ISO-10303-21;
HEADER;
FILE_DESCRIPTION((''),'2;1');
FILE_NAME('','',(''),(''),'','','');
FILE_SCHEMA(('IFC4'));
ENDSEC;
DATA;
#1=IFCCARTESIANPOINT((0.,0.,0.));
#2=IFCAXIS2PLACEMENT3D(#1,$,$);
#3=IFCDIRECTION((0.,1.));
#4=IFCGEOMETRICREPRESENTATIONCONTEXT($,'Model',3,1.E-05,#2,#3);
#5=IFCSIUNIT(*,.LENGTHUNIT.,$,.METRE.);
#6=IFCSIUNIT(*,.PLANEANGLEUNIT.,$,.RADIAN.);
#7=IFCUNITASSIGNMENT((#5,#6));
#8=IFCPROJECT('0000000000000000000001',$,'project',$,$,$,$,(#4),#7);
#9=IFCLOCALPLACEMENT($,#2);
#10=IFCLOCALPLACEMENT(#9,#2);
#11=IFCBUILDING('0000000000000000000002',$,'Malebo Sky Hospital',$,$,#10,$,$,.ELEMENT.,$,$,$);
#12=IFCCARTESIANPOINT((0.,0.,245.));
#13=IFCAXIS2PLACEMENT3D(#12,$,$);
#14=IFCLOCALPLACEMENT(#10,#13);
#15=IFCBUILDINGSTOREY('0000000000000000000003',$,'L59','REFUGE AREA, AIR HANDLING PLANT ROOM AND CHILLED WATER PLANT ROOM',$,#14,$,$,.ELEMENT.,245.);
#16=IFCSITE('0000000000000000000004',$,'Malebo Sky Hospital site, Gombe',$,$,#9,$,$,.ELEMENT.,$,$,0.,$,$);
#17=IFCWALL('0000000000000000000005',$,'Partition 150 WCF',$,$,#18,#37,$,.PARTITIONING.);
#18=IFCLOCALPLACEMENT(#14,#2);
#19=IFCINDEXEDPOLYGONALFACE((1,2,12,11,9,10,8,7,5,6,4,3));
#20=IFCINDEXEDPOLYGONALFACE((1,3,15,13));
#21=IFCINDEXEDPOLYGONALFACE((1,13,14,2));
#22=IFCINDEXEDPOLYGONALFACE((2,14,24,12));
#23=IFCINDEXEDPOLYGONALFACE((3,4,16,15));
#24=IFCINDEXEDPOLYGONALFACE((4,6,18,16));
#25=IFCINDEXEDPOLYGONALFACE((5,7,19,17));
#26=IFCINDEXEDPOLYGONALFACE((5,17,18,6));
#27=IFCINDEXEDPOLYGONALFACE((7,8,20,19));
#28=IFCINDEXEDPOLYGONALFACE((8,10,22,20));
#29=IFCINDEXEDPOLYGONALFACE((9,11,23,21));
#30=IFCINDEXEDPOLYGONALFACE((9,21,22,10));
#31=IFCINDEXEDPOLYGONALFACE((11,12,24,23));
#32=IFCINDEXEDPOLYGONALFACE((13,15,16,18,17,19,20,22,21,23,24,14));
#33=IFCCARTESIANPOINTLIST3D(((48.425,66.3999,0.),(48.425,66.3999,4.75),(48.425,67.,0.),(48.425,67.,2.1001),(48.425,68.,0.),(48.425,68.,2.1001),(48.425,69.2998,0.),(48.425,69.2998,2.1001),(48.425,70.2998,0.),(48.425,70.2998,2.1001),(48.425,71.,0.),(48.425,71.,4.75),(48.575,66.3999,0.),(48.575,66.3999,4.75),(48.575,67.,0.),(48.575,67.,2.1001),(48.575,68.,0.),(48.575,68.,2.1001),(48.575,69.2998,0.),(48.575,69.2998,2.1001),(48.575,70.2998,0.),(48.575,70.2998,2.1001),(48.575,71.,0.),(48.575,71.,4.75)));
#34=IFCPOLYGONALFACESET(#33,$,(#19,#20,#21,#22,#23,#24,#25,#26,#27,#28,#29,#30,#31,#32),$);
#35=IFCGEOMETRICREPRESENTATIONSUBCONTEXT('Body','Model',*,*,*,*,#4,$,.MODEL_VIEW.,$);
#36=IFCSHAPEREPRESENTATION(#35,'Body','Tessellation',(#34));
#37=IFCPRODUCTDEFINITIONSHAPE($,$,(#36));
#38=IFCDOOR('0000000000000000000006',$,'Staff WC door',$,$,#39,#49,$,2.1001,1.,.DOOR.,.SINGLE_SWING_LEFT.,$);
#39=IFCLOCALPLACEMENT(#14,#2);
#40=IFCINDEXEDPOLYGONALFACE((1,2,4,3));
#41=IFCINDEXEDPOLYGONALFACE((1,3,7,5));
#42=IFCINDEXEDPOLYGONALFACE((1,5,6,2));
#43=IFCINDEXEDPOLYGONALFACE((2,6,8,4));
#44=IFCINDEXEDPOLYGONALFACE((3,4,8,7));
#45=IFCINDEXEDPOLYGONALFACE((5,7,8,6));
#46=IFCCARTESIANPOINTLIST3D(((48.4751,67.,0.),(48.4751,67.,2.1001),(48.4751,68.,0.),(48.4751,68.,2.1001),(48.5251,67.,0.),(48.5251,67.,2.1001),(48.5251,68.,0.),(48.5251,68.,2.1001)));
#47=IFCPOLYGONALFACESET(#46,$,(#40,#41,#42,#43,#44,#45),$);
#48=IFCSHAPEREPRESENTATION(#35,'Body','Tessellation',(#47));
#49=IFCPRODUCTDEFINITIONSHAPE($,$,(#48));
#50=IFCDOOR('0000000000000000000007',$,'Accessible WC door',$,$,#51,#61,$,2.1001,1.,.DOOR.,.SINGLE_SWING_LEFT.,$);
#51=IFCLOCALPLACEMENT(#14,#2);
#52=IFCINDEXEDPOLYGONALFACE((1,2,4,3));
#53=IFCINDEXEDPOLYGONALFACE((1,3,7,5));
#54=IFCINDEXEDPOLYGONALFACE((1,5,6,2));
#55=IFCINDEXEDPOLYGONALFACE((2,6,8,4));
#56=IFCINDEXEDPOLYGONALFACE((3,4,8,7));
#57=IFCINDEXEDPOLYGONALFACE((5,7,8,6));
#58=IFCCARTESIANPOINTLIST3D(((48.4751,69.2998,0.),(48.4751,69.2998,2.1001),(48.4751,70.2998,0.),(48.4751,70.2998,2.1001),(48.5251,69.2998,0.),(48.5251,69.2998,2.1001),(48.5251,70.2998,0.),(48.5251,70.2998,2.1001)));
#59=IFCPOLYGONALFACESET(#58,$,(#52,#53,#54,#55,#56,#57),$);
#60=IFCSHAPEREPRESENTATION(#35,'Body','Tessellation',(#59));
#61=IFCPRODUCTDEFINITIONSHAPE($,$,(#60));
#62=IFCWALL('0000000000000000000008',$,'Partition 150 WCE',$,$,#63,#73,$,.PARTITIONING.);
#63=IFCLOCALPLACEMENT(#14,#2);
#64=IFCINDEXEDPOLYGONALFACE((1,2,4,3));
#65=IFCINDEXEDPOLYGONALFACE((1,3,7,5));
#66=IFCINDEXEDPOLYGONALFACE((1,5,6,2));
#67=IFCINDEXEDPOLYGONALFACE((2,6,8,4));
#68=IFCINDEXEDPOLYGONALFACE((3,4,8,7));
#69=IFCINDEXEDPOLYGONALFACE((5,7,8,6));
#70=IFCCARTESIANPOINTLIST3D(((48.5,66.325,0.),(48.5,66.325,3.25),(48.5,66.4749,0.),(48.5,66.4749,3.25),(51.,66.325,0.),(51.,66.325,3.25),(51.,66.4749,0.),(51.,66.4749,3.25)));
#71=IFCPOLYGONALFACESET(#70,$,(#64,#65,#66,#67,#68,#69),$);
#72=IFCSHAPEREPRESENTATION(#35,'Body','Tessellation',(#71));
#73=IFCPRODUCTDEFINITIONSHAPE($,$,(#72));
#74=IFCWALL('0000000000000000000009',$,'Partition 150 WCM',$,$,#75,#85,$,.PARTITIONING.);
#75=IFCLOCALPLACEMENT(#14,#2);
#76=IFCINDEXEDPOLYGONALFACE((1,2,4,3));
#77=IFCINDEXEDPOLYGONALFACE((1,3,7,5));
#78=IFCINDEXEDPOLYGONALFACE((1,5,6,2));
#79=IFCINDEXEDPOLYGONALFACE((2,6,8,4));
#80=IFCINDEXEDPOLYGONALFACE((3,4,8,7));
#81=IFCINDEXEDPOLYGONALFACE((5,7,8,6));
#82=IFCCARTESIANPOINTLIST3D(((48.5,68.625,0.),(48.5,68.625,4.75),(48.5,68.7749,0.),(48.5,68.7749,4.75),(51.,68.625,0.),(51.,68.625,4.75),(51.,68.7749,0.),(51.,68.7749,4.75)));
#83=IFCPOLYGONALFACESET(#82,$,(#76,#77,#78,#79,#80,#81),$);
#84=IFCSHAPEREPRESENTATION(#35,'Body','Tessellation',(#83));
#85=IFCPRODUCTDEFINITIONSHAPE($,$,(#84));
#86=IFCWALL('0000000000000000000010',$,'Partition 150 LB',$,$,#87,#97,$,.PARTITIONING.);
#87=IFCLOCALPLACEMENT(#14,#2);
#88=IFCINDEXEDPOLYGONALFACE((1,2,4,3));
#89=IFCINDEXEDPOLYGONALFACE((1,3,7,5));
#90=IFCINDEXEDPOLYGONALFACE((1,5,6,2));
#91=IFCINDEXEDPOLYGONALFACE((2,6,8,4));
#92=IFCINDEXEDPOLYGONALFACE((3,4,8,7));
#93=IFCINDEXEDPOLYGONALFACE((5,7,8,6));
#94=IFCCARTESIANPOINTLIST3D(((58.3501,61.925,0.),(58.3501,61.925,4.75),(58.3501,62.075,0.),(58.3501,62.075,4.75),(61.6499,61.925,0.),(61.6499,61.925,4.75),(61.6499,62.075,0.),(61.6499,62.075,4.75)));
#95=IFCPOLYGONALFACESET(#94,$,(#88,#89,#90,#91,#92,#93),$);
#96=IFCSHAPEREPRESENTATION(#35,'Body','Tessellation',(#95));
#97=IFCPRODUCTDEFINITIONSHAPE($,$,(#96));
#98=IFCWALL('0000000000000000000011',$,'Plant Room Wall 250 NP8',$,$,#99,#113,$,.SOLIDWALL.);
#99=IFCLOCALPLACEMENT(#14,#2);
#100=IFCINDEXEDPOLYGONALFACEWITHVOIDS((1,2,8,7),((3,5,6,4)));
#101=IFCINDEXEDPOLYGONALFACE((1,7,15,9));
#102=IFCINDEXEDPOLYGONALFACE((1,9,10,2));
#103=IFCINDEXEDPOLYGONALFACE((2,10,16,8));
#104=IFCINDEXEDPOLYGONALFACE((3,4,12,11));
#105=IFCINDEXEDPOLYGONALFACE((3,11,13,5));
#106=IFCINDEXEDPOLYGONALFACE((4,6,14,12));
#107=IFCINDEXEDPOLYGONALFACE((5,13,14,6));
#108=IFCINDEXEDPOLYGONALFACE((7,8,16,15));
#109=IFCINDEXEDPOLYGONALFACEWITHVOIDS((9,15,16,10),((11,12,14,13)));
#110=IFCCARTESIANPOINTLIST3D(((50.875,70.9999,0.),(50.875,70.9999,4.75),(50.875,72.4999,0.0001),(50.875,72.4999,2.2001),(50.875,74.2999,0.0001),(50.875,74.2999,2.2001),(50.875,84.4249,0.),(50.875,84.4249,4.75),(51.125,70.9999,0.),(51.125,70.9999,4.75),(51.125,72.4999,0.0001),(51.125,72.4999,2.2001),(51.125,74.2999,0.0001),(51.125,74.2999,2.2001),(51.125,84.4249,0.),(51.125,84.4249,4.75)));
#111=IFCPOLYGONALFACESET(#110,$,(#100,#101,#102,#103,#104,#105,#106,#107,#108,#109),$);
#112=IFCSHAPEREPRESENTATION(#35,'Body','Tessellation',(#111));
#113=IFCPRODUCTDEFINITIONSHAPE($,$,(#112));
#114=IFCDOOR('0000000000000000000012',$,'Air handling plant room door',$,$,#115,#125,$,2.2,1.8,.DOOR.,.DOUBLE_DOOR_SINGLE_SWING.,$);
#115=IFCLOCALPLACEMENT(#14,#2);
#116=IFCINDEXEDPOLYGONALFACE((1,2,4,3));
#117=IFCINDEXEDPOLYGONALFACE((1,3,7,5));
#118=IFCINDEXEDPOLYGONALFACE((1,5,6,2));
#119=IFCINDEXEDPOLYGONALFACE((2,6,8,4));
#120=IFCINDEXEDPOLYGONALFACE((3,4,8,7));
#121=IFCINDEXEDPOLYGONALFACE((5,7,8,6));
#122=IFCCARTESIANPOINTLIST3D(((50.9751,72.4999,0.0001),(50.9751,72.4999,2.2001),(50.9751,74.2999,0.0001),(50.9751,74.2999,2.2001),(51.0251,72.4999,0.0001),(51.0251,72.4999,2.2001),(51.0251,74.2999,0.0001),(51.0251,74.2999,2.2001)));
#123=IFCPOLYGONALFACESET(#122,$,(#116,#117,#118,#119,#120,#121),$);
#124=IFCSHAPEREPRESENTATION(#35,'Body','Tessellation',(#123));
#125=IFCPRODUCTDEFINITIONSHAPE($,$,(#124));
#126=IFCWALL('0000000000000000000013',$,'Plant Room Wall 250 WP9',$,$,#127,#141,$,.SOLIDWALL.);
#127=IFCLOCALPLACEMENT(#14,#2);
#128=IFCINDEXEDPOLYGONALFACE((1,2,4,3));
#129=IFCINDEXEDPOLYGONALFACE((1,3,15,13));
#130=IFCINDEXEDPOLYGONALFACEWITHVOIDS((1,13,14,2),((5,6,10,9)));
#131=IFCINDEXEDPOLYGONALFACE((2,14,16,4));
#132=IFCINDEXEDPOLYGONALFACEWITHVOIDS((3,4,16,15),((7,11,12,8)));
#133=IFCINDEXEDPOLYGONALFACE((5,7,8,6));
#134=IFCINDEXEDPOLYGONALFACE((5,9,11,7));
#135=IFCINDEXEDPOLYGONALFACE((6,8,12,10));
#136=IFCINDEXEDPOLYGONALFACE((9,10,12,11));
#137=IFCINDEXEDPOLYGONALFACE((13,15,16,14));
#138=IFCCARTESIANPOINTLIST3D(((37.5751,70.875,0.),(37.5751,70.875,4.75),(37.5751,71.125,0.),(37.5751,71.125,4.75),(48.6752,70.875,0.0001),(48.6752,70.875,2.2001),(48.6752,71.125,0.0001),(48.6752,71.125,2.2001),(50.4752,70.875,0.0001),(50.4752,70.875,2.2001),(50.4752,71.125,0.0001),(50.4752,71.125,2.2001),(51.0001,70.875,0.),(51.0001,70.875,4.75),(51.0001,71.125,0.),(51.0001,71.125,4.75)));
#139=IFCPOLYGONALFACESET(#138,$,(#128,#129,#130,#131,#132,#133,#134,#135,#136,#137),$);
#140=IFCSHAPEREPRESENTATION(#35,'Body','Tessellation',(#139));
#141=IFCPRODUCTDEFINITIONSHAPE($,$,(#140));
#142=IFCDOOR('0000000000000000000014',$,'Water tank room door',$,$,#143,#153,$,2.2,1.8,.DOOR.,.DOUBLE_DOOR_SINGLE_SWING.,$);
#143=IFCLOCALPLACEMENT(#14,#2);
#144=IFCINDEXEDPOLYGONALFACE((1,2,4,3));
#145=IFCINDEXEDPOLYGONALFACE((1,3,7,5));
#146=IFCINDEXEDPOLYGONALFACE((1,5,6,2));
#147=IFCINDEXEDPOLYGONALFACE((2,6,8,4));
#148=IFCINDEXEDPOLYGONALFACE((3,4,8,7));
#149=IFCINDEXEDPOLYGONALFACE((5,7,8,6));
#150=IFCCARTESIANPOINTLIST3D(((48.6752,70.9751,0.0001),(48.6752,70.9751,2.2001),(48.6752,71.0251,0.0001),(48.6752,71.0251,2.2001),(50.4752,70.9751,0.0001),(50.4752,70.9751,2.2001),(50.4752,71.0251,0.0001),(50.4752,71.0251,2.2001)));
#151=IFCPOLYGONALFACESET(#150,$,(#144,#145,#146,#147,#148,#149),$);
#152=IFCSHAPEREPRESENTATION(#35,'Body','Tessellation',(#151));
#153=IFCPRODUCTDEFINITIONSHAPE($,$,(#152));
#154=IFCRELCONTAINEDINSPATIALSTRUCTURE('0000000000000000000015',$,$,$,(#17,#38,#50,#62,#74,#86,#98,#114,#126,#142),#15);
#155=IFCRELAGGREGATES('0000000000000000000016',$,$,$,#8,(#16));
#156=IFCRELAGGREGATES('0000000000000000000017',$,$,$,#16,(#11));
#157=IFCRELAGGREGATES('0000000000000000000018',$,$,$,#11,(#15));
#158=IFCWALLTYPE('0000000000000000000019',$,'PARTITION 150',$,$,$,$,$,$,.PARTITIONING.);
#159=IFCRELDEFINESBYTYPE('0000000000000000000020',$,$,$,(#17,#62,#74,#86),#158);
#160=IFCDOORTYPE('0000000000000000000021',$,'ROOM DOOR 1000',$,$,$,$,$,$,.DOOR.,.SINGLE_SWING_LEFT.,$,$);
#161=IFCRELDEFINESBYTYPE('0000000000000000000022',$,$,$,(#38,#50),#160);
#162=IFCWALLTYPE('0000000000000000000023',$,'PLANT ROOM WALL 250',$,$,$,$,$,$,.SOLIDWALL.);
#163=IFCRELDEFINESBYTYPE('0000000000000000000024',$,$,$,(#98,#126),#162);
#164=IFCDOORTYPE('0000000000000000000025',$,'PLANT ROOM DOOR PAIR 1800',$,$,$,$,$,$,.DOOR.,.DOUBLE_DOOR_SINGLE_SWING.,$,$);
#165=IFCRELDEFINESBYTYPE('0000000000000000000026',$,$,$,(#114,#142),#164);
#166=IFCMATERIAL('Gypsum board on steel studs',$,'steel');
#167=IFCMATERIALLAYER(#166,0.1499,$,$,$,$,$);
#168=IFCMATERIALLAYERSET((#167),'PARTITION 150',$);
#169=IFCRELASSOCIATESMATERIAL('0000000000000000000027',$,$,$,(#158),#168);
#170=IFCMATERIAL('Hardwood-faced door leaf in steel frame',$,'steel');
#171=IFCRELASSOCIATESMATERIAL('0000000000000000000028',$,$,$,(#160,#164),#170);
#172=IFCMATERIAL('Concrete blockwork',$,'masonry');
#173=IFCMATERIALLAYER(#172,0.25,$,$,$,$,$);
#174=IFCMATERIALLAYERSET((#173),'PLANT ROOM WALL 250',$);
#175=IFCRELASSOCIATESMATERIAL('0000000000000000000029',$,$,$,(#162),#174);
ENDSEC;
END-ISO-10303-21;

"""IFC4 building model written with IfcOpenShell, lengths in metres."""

from ifc_helpers import new_model, si_unit, direction, frame, frame_2d, origin, place, context, subcontext, project, spatial, rectangle, extrude, material, layer, layer_set, type_object, element, fill, save


model = new_model("IFC4")

# Units and contexts
model_context = context("Model", 3, precision=1e-05, world=origin(), true_north=direction((0.0, 1.0)))
body_context = subcontext(model_context, "Body", "Model", "MODEL_VIEW")
ifc_project = project(units=[si_unit("LENGTHUNIT", "METRE"), si_unit("PLANEANGLEUNIT", "RADIAN")], contexts=[model_context])

# Site, building, storey
site_placement = place(None, origin())
site = spatial("IfcSite", under=ifc_project, at=site_placement, Name="Malebo Sky Hospital site, Gombe", CompositionType="ELEMENT", RefElevation=0.0)
building_placement = place(site_placement, origin())
building = spatial("IfcBuilding", under=site, at=building_placement, Name="Malebo Sky Hospital", CompositionType="ELEMENT")
storey_placement = place(building_placement, frame((0.0, 0.0, 245.0)))
storey = spatial("IfcBuildingStorey", under=building, at=storey_placement, Name="L59", Description="REFUGE AREA, AIR HANDLING PLANT ROOM AND CHILLED WATER PLANT ROOM", CompositionType="ELEMENT", Elevation=245.0)

# Shared definitions
ifc_material_1 = material(Name="Hardwood-faced door leaf in steel frame", Category="steel")

# Wall, openings, doors
ifc_material_2 = material(Name="Gypsum board on steel studs", Category="steel")
ifc_layer_1 = layer(ifc_material_2, 0.1499)
ifc_layer_set_1 = layer_set([ifc_layer_1], Name="PARTITION 150")
wall_type_1 = type_object("IfcWallType", Name="PARTITION 150", PredefinedType="PARTITIONING", material=ifc_layer_set_1)
wall_1_placement = place(storey_placement, frame((48.5, 66.3999, 0.0), z_axis=(0.0, 0.0, 1.0), x_axis=(0.0, 1.0, 0.0)))
wall_1 = element("IfcWall", 1, at=wall_1_placement, inside=storey, type_object=wall_type_1, Name="Partition 150 WCF", PredefinedType="PARTITIONING", context=body_context, shape_type="SweptSolid", body=[
    extrude(rectangle(XDim=4.6001, YDim=0.1499, at=frame_2d((2.3, 0.0))), origin(), (0.0, 0.0, 1.0), 4.75),
])
opening_1_placement = place(wall_1_placement, frame((0.6001, 0.0, 0.0)))
opening_1 = element("IfcOpeningElement", 2, at=opening_1_placement, cuts=wall_1, PredefinedType="OPENING", context=body_context, shape_type="SweptSolid", body=[
    extrude(rectangle(XDim=1.0, YDim=2.1001, at=frame_2d((0.5, 1.05))), frame((0.0, 0.085, 0.0), z_axis=(0.0, -1.0, 0.0), x_axis=(1.0, 0.0, 0.0)), (0.0, 0.0, 1.0), 0.1699),
])
opening_2_placement = place(wall_1_placement, frame((2.8999, 0.0, 0.0)))
opening_2 = element("IfcOpeningElement", 3, at=opening_2_placement, cuts=wall_1, PredefinedType="OPENING", context=body_context, shape_type="SweptSolid", body=[
    extrude(rectangle(XDim=1.0, YDim=2.1001, at=frame_2d((0.5, 1.05))), frame((0.0, 0.085, 0.0), z_axis=(0.0, -1.0, 0.0), x_axis=(1.0, 0.0, 0.0)), (0.0, 0.0, 1.0), 0.1699),
])
door_type_1 = type_object("IfcDoorType", Name="ROOM DOOR 1000", OperationType="SINGLE_SWING_LEFT", PredefinedType="DOOR", material=ifc_material_1)
door_1_placement = place(opening_1_placement, origin())
door_1 = element("IfcDoor", 4, at=door_1_placement, inside=storey, type_object=door_type_1, Name="Staff WC door", OperationType="SINGLE_SWING_LEFT", OverallHeight=2.1001, OverallWidth=1.0, PredefinedType="DOOR", context=body_context, shape_type="SweptSolid", body=[
    extrude(rectangle(XDim=1.0, YDim=2.1001, at=frame_2d((0.5, 1.05))), frame((0.0, 0.0249, 0.0), z_axis=(0.0, -1.0, 0.0), x_axis=(1.0, 0.0, 0.0)), (0.0, 0.0, 1.0), 0.05),
])
fill(opening_1, door_1)
door_2_placement = place(opening_2_placement, origin())
door_2 = element("IfcDoor", 5, at=door_2_placement, inside=storey, type_object=door_type_1, Name="Accessible WC door", OperationType="SINGLE_SWING_LEFT", OverallHeight=2.1001, OverallWidth=1.0, PredefinedType="DOOR", context=body_context, shape_type="SweptSolid", body=[
    extrude(rectangle(XDim=1.0, YDim=2.1001, at=frame_2d((0.5, 1.05))), frame((0.0, 0.0249, 0.0), z_axis=(0.0, -1.0, 0.0), x_axis=(1.0, 0.0, 0.0)), (0.0, 0.0, 1.0), 0.05),
])
fill(opening_2, door_2)

# Walls
wall_2_placement = place(storey_placement, frame((51.0, 66.3999, 0.0), z_axis=(0.0, 0.0, 1.0), x_axis=(-1.0, 0.0, 0.0)))
element("IfcWall", 6, at=wall_2_placement, inside=storey, type_object=wall_type_1, Name="Partition 150 WCE", PredefinedType="PARTITIONING", context=body_context, shape_type="SweptSolid", body=[
    extrude(rectangle(XDim=2.5, YDim=0.1499, at=frame_2d((1.25, 0.0))), origin(), (0.0, 0.0, 1.0), 3.25),
])
wall_3_placement = place(storey_placement, frame((51.0, 68.7, 0.0), z_axis=(0.0, 0.0, 1.0), x_axis=(-1.0, 0.0, 0.0)))
element("IfcWall", 7, at=wall_3_placement, inside=storey, type_object=wall_type_1, Name="Partition 150 WCM", PredefinedType="PARTITIONING", context=body_context, shape_type="SweptSolid", body=[
    extrude(rectangle(XDim=2.5, YDim=0.1499, at=frame_2d((1.25, 0.0))), origin(), (0.0, 0.0, 1.0), 4.75),
])
wall_4_placement = place(storey_placement, frame((58.3501, 62.0, 0.0), z_axis=(0.0, 0.0, 1.0), x_axis=(1.0, 0.0, 0.0)))
element("IfcWall", 8, at=wall_4_placement, inside=storey, type_object=wall_type_1, Name="Partition 150 LB", PredefinedType="PARTITIONING", context=body_context, shape_type="SweptSolid", body=[
    extrude(rectangle(XDim=3.2998, YDim=0.1499, at=frame_2d((1.6499, 0.0))), origin(), (0.0, 0.0, 1.0), 4.75),
])

# Walls, openings, doors
ifc_material_3 = material(Name="Concrete blockwork", Category="masonry")
ifc_layer_2 = layer(ifc_material_3, 0.25)
ifc_layer_set_2 = layer_set([ifc_layer_2], Name="PLANT ROOM WALL 250")
wall_type_2 = type_object("IfcWallType", Name="PLANT ROOM WALL 250", PredefinedType="SOLIDWALL", material=ifc_layer_set_2)
wall_5_placement = place(storey_placement, frame((51.0, 71.0, 0.0), z_axis=(0.0, 0.0, 1.0), x_axis=(0.0, 1.0, 0.0)))
wall_5 = element("IfcWall", 9, at=wall_5_placement, inside=storey, type_object=wall_type_2, Name="Plant Room Wall 250 NP8", PredefinedType="SOLIDWALL", context=body_context, shape_type="SweptSolid", body=[
    extrude(rectangle(XDim=13.425, YDim=0.25, at=frame_2d((6.7124, 0.0))), origin(), (0.0, 0.0, 1.0), 4.75),
])
opening_3_placement = place(wall_5_placement, frame((1.5, 0.0, 0.0)))
opening_3 = element("IfcOpeningElement", 10, at=opening_3_placement, cuts=wall_5, PredefinedType="OPENING", context=body_context, shape_type="SweptSolid", body=[
    extrude(rectangle(XDim=1.8, YDim=2.2, at=frame_2d((0.8999, 1.1001))), frame((0.0, 0.135, 0.0), z_axis=(0.0, -1.0, 0.0), x_axis=(1.0, 0.0, 0.0)), (0.0, 0.0, 1.0), 0.27),
])
door_type_2 = type_object("IfcDoorType", Name="PLANT ROOM DOOR PAIR 1800", OperationType="DOUBLE_DOOR_SINGLE_SWING", PredefinedType="DOOR", material=ifc_material_1)
door_3_placement = place(opening_3_placement, origin())
door_3 = element("IfcDoor", 11, at=door_3_placement, inside=storey, type_object=door_type_2, Name="Air handling plant room door", OperationType="DOUBLE_DOOR_SINGLE_SWING", OverallHeight=2.2, OverallWidth=1.8, PredefinedType="DOOR", context=body_context, shape_type="SweptSolid", body=[
    extrude(rectangle(XDim=1.8, YDim=2.2, at=frame_2d((0.8999, 1.1001))), frame((0.0, 0.0249, 0.0), z_axis=(0.0, -1.0, 0.0), x_axis=(1.0, 0.0, 0.0)), (0.0, 0.0, 1.0), 0.05),
])
fill(opening_3, door_3)
wall_6_placement = place(storey_placement, frame((51.0, 71.0, 0.0), z_axis=(0.0, 0.0, 1.0), x_axis=(-1.0, 0.0, 0.0)))
wall_6 = element("IfcWall", 12, at=wall_6_placement, inside=storey, type_object=wall_type_2, Name="Plant Room Wall 250 WP9", PredefinedType="SOLIDWALL", context=body_context, shape_type="SweptSolid", body=[
    extrude(rectangle(XDim=13.425, YDim=0.25, at=frame_2d((6.7124, 0.0))), origin(), (0.0, 0.0, 1.0), 4.75),
])
opening_4_placement = place(wall_6_placement, frame((0.5249, 0.0, 0.0)))
opening_4 = element("IfcOpeningElement", 13, at=opening_4_placement, cuts=wall_6, PredefinedType="OPENING", context=body_context, shape_type="SweptSolid", body=[
    extrude(rectangle(XDim=1.8, YDim=2.2, at=frame_2d((0.8999, 1.1001))), frame((0.0, 0.135, 0.0), z_axis=(0.0, -1.0, 0.0), x_axis=(1.0, 0.0, 0.0)), (0.0, 0.0, 1.0), 0.27),
])
door_4_placement = place(opening_4_placement, origin())
door_4 = element("IfcDoor", 14, at=door_4_placement, inside=storey, type_object=door_type_2, Name="Water tank room door", OperationType="DOUBLE_DOOR_SINGLE_SWING", OverallHeight=2.2, OverallWidth=1.8, PredefinedType="DOOR", context=body_context, shape_type="SweptSolid", body=[
    extrude(rectangle(XDim=1.8, YDim=2.2, at=frame_2d((0.8999, 1.1001))), frame((0.0, 0.0249, 0.0), z_axis=(0.0, -1.0, 0.0), x_axis=(1.0, 0.0, 0.0)), (0.0, 0.0, 1.0), 0.05),
])
fill(opening_4, door_4)

save(model, "model.ifc")
